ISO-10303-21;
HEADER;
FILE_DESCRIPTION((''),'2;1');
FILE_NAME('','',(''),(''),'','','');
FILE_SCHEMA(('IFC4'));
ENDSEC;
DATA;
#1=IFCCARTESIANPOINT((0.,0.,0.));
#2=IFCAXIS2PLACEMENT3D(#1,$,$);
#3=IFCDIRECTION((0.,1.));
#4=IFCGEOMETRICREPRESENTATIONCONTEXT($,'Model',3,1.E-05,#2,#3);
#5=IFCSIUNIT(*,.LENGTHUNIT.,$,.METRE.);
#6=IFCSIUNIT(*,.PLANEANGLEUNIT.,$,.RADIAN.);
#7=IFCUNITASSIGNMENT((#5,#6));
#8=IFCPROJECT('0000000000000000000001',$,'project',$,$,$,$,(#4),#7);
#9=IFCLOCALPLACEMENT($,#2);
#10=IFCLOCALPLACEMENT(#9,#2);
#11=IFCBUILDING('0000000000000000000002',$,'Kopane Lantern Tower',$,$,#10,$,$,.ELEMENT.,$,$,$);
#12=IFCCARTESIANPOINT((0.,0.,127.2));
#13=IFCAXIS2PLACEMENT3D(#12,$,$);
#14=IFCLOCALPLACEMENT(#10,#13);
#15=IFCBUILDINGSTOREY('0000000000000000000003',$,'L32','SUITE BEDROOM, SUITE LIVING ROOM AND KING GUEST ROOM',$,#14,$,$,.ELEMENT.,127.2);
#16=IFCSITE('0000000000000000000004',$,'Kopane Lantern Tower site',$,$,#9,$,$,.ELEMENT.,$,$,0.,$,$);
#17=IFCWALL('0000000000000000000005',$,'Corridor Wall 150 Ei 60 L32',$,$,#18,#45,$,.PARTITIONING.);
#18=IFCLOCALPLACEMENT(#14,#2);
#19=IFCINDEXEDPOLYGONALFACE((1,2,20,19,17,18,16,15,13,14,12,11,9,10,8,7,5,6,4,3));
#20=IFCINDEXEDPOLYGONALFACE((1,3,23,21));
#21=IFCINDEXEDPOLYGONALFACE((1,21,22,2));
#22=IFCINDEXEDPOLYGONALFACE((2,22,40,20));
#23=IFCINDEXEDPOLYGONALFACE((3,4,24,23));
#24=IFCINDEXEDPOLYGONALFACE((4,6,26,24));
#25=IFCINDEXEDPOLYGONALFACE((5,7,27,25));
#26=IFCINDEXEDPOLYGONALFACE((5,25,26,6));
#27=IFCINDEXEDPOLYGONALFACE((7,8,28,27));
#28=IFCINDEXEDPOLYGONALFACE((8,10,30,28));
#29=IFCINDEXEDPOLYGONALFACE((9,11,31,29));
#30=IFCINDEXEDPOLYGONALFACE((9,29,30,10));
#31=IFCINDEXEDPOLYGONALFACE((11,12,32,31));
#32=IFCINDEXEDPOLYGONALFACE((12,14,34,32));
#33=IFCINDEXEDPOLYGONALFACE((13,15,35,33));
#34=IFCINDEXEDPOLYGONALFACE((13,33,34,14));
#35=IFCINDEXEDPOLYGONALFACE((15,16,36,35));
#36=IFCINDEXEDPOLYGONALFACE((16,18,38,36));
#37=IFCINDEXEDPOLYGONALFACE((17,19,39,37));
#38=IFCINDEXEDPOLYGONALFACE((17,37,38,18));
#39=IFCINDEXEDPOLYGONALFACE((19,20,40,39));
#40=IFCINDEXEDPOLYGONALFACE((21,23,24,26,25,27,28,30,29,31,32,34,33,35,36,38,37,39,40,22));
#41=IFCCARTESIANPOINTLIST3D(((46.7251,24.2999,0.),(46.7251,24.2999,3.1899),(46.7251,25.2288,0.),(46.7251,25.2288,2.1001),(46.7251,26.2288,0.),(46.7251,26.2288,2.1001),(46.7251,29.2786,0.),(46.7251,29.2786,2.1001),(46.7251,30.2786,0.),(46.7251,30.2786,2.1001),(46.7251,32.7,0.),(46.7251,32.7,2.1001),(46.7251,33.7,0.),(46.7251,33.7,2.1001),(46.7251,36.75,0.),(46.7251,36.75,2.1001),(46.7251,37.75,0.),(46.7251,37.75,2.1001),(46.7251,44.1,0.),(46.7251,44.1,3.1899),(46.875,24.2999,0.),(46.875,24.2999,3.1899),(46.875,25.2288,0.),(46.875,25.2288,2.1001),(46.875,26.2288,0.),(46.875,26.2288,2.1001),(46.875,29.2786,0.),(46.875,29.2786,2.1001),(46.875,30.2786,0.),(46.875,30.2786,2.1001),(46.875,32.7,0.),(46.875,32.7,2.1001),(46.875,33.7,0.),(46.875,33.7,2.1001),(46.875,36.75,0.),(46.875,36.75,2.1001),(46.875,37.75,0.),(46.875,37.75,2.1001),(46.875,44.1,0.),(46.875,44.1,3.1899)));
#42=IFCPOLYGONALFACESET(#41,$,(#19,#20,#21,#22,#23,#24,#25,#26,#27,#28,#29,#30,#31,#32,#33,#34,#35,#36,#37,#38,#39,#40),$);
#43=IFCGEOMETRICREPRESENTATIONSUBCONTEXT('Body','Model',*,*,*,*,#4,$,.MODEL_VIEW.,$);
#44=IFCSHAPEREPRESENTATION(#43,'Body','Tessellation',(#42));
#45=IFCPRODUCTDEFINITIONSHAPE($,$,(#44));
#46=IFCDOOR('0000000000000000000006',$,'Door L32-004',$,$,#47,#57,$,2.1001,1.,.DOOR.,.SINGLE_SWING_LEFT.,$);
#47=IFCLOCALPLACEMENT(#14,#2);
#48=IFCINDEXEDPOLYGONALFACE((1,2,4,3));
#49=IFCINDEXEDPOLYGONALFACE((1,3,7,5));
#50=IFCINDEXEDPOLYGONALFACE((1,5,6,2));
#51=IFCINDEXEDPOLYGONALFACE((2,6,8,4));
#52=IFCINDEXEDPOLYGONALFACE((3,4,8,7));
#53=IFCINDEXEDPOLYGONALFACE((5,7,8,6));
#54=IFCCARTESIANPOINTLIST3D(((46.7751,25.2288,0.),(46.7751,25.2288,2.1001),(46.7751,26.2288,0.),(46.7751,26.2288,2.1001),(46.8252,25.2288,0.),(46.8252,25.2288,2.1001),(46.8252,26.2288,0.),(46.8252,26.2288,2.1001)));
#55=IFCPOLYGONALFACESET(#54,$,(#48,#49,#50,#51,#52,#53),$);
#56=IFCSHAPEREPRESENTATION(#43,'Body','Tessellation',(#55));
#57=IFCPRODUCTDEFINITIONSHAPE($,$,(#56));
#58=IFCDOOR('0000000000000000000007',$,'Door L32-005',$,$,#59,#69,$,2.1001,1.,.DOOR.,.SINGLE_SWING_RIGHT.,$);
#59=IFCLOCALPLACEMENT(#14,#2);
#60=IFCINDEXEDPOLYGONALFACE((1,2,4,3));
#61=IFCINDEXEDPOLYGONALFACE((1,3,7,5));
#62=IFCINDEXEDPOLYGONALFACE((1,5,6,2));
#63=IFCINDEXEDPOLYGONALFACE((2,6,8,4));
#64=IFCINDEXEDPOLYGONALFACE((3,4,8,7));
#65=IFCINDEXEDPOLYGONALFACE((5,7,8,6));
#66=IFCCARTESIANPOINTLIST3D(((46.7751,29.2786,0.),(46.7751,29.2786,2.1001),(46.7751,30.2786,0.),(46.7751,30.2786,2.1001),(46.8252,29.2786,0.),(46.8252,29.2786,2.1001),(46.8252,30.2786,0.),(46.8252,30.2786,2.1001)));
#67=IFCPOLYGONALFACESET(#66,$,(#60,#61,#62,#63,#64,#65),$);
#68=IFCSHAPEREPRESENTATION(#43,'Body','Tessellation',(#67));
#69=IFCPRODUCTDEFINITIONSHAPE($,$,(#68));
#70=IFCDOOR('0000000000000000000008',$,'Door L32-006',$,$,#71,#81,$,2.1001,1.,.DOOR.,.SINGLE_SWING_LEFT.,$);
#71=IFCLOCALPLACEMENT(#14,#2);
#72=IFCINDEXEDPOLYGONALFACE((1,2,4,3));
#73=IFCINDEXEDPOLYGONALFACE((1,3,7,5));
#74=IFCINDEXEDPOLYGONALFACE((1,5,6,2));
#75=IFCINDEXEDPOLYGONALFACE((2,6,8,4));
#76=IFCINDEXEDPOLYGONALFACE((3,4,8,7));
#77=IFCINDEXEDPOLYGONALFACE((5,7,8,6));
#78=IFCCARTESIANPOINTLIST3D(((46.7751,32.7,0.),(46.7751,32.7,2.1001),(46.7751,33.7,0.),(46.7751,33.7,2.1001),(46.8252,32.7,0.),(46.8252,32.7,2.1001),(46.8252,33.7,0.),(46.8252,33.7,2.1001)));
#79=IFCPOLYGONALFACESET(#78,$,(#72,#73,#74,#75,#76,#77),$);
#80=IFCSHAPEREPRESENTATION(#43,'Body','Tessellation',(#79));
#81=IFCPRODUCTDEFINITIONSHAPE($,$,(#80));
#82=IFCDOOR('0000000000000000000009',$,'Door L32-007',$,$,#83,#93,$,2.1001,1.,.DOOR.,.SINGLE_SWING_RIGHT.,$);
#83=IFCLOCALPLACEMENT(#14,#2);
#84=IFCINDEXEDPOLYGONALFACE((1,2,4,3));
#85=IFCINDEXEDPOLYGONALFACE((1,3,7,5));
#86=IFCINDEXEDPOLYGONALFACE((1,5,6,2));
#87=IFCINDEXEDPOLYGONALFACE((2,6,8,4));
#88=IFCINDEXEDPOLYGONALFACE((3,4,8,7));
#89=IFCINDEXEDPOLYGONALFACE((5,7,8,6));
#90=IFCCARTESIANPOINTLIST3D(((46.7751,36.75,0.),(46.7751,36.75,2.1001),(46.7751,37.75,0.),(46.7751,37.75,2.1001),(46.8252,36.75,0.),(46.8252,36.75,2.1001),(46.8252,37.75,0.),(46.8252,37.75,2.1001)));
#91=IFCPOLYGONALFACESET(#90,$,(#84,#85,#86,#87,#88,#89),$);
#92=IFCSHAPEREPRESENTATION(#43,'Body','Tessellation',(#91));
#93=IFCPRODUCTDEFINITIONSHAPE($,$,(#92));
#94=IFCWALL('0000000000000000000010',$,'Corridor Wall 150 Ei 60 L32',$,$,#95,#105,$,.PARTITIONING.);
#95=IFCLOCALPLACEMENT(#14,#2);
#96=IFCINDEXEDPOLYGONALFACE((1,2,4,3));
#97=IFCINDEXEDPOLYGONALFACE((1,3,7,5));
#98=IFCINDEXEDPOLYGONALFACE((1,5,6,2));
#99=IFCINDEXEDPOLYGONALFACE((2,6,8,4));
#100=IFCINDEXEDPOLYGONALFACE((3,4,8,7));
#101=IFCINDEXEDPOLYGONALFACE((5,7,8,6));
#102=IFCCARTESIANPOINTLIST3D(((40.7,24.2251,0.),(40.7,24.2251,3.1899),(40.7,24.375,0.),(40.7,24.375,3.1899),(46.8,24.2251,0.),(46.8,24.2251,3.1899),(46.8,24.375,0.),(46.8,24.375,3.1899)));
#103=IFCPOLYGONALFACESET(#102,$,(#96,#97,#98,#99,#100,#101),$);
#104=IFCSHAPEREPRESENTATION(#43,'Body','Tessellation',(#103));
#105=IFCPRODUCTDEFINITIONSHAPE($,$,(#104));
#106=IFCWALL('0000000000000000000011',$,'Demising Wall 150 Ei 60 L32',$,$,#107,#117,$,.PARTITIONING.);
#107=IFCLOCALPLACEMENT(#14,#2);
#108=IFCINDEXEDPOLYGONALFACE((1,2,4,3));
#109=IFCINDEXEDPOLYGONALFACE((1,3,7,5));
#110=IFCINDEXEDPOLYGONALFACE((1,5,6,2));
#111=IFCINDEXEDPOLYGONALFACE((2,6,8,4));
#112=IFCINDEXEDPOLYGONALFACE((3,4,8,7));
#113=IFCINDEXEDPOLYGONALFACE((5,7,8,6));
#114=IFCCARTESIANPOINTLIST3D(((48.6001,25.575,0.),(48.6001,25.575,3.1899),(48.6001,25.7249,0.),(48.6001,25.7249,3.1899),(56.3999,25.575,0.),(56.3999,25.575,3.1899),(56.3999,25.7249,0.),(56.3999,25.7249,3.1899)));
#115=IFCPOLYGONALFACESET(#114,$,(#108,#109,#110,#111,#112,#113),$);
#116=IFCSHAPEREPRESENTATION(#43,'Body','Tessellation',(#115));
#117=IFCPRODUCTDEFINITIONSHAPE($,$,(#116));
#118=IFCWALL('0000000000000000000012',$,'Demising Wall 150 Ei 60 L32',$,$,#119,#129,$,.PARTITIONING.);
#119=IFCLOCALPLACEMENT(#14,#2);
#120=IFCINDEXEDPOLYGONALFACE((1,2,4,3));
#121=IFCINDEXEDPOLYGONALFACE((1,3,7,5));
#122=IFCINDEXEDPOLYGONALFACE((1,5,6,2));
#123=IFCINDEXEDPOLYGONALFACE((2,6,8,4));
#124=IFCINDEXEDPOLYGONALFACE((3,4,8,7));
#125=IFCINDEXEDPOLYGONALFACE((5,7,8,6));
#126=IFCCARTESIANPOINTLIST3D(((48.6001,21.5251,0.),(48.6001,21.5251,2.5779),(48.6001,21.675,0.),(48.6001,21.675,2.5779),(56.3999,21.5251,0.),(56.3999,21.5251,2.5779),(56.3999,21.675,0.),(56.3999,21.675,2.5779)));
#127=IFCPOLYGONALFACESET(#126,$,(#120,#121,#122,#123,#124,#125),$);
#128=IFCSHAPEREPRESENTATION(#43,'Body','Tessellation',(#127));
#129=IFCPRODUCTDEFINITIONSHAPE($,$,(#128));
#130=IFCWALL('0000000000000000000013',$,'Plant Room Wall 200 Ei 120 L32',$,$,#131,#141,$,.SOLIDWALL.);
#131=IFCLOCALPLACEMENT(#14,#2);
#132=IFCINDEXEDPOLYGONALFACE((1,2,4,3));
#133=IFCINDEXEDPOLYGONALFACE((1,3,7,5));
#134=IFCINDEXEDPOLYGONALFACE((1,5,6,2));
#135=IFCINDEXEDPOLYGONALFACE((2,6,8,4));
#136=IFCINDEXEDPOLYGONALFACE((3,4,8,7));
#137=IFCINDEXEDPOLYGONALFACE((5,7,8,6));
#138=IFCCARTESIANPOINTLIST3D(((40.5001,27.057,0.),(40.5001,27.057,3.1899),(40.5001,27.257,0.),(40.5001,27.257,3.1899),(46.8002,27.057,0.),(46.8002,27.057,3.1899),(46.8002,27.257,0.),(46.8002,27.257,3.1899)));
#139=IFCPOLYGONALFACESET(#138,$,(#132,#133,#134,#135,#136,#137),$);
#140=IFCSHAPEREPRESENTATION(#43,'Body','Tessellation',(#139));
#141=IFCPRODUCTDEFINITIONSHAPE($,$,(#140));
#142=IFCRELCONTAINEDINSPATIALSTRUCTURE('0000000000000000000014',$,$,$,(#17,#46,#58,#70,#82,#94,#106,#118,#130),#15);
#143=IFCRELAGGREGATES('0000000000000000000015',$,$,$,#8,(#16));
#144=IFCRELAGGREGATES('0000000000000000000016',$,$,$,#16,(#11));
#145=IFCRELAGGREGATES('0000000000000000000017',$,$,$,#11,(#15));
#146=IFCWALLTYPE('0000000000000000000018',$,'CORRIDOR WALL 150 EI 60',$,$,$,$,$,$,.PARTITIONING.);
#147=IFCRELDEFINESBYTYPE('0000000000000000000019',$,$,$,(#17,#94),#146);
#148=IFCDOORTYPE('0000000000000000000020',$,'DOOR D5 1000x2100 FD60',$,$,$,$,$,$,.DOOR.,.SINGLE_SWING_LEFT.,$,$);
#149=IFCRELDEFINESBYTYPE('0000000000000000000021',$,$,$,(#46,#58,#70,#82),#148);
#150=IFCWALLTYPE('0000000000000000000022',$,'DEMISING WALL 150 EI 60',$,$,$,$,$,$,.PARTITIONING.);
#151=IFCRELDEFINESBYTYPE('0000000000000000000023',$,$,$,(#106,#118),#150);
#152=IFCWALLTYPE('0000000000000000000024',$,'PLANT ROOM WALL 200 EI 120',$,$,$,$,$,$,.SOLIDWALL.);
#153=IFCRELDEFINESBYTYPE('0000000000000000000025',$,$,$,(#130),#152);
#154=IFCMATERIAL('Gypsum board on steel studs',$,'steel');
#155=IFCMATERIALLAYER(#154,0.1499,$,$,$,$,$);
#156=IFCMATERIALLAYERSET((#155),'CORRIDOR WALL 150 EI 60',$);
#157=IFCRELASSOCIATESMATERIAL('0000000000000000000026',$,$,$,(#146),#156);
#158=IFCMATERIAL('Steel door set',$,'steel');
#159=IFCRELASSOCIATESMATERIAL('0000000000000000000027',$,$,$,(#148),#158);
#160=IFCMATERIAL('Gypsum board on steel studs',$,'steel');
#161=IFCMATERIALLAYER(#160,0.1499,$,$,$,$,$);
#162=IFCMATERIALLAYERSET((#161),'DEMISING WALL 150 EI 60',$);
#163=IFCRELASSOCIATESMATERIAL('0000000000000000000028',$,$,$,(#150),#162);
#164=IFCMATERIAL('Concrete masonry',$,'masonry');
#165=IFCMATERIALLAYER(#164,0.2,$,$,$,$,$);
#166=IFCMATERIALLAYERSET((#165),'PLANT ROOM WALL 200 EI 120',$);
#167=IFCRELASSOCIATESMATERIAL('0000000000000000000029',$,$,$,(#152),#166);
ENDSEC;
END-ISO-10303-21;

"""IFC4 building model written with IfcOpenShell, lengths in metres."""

from ifc_helpers import new_model, si_unit, direction, frame, frame_2d, origin, place, context, subcontext, project, spatial, rectangle, extrude, material, layer, layer_set, type_object, element, fill, save


model = new_model("IFC4")

# Units and contexts
model_context = context("Model", 3, precision=1e-05, world=origin(), true_north=direction((0.0, 1.0)))
body_context = subcontext(model_context, "Body", "Model", "MODEL_VIEW")
ifc_project = project(units=[si_unit("LENGTHUNIT", "METRE"), si_unit("PLANEANGLEUNIT", "RADIAN")], contexts=[model_context])

# Site, building, storey
site_placement = place(None, origin())
site = spatial("IfcSite", under=ifc_project, at=site_placement, Name="Kopane Lantern Tower site", CompositionType="ELEMENT", RefElevation=0.0)
building_placement = place(site_placement, origin())
building = spatial("IfcBuilding", under=site, at=building_placement, Name="Kopane Lantern Tower", CompositionType="ELEMENT")
storey_placement = place(building_placement, frame((0.0, 0.0, 127.2)))
storey = spatial("IfcBuildingStorey", under=building, at=storey_placement, Name="L32", Description="SUITE BEDROOM, SUITE LIVING ROOM AND KING GUEST ROOM", CompositionType="ELEMENT", Elevation=127.2)

# Wall, openings, doors
ifc_material_1 = material(Name="Gypsum board on steel studs", Category="steel")
ifc_layer_1 = layer(ifc_material_1, 0.1499)
ifc_layer_set_1 = layer_set([ifc_layer_1], Name="CORRIDOR WALL 150 EI 60")
wall_type_1 = type_object("IfcWallType", Name="CORRIDOR WALL 150 EI 60", PredefinedType="PARTITIONING", material=ifc_layer_set_1)
wall_1_placement = place(storey_placement, frame((46.8, 24.3, 0.0), z_axis=(0.0, 0.0, 1.0), x_axis=(0.0, 1.0, 0.0)))
wall_1 = element("IfcWall", 1, at=wall_1_placement, inside=storey, type_object=wall_type_1, Name="Corridor Wall 150 Ei 60 L32", PredefinedType="PARTITIONING", context=body_context, shape_type="SweptSolid", body=[
    extrude(rectangle(XDim=19.8, YDim=0.1499, at=frame_2d((9.8999, 0.0))), origin(), (0.0, 0.0, 1.0), 3.1899),
])
opening_1_placement = place(wall_1_placement, frame((0.9287, 0.0, 0.0)))
opening_1 = element("IfcOpeningElement", 2, at=opening_1_placement, cuts=wall_1, PredefinedType="OPENING", context=body_context, shape_type="SweptSolid", body=[
    extrude(rectangle(XDim=1.0, YDim=2.1001, at=frame_2d((0.5, 1.05))), frame((0.0, 0.085, 0.0), z_axis=(0.0, -1.0, 0.0), x_axis=(1.0, 0.0, 0.0)), (0.0, 0.0, 1.0), 0.1699),
])
opening_2_placement = place(wall_1_placement, frame((4.9785, 0.0, 0.0)))
opening_2 = element("IfcOpeningElement", 3, at=opening_2_placement, cuts=wall_1, PredefinedType="OPENING", context=body_context, shape_type="SweptSolid", body=[
    extrude(rectangle(XDim=1.0, YDim=2.1001, at=frame_2d((0.5, 1.05))), frame((0.0, 0.085, 0.0), z_axis=(0.0, -1.0, 0.0), x_axis=(1.0, 0.0, 0.0)), (0.0, 0.0, 1.0), 0.1699),
])
opening_3_placement = place(wall_1_placement, frame((8.3999, 0.0, 0.0)))
opening_3 = element("IfcOpeningElement", 4, at=opening_3_placement, cuts=wall_1, PredefinedType="OPENING", context=body_context, shape_type="SweptSolid", body=[
    extrude(rectangle(XDim=1.0, YDim=2.1001, at=frame_2d((0.5, 1.05))), frame((0.0, 0.085, 0.0), z_axis=(0.0, -1.0, 0.0), x_axis=(1.0, 0.0, 0.0)), (0.0, 0.0, 1.0), 0.1699),
])
opening_4_placement = place(wall_1_placement, frame((12.45, 0.0, 0.0)))
opening_4 = element("IfcOpeningElement", 5, at=opening_4_placement, cuts=wall_1, PredefinedType="OPENING", context=body_context, shape_type="SweptSolid", body=[
    extrude(rectangle(XDim=1.0, YDim=2.1001, at=frame_2d((0.5, 1.05))), frame((0.0, 0.085, 0.0), z_axis=(0.0, -1.0, 0.0), x_axis=(1.0, 0.0, 0.0)), (0.0, 0.0, 1.0), 0.1699),
])
ifc_material_2 = material(Name="Steel door set", Category="steel")
door_type_1 = type_object("IfcDoorType", Name="DOOR D5 1000x2100 FD60", OperationType="SINGLE_SWING_LEFT", PredefinedType="DOOR", material=ifc_material_2)
door_1_placement = place(opening_1_placement, origin())
door_1 = element("IfcDoor", 6, at=door_1_placement, inside=storey, type_object=door_type_1, Name="Door L32-004", OperationType="SINGLE_SWING_LEFT", OverallHeight=2.1001, OverallWidth=1.0, PredefinedType="DOOR", context=body_context, shape_type="SweptSolid", body=[
    extrude(rectangle(XDim=1.0, YDim=2.1001, at=frame_2d((0.5, 1.05))), frame((0.0, 0.0249, 0.0), z_axis=(0.0, -1.0, 0.0), x_axis=(1.0, 0.0, 0.0)), (0.0, 0.0, 1.0), 0.05),
])
fill(opening_1, door_1)
door_2_placement = place(opening_2_placement, origin())
door_2 = element("IfcDoor", 7, at=door_2_placement, inside=storey, type_object=door_type_1, Name="Door L32-005", OperationType="SINGLE_SWING_RIGHT", OverallHeight=2.1001, OverallWidth=1.0, PredefinedType="DOOR", context=body_context, shape_type="SweptSolid", body=[
    extrude(rectangle(XDim=1.0, YDim=2.1001, at=frame_2d((0.5, 1.05))), frame((0.0, 0.0249, 0.0), z_axis=(0.0, -1.0, 0.0), x_axis=(1.0, 0.0, 0.0)), (0.0, 0.0, 1.0), 0.05),
])
fill(opening_2, door_2)
door_3_placement = place(opening_3_placement, origin())
door_3 = element("IfcDoor", 8, at=door_3_placement, inside=storey, type_object=door_type_1, Name="Door L32-006", OperationType="SINGLE_SWING_LEFT", OverallHeight=2.1001, OverallWidth=1.0, PredefinedType="DOOR", context=body_context, shape_type="SweptSolid", body=[
    extrude(rectangle(XDim=1.0, YDim=2.1001, at=frame_2d((0.5, 1.05))), frame((0.0, 0.0249, 0.0), z_axis=(0.0, -1.0, 0.0), x_axis=(1.0, 0.0, 0.0)), (0.0, 0.0, 1.0), 0.05),
])
fill(opening_3, door_3)
door_4_placement = place(opening_4_placement, origin())
door_4 = element("IfcDoor", 9, at=door_4_placement, inside=storey, type_object=door_type_1, Name="Door L32-007", OperationType="SINGLE_SWING_RIGHT", OverallHeight=2.1001, OverallWidth=1.0, PredefinedType="DOOR", context=body_context, shape_type="SweptSolid", body=[
    extrude(rectangle(XDim=1.0, YDim=2.1001, at=frame_2d((0.5, 1.05))), frame((0.0, 0.0249, 0.0), z_axis=(0.0, -1.0, 0.0), x_axis=(1.0, 0.0, 0.0)), (0.0, 0.0, 1.0), 0.05),
])
fill(opening_4, door_4)

# Walls
wall_2_placement = place(storey_placement, frame((40.7, 24.3, 0.0), z_axis=(0.0, 0.0, 1.0), x_axis=(1.0, 0.0, 0.0)))
element("IfcWall", 10, at=wall_2_placement, inside=storey, type_object=wall_type_1, Name="Corridor Wall 150 Ei 60 L32", PredefinedType="PARTITIONING", context=body_context, shape_type="SweptSolid", body=[
    extrude(rectangle(XDim=6.1001, YDim=0.1499, at=frame_2d((3.05, 0.0))), origin(), (0.0, 0.0, 1.0), 3.1899),
])
ifc_material_3 = material(Name="Gypsum board on steel studs", Category="steel")
ifc_layer_2 = layer(ifc_material_3, 0.1499)
ifc_layer_set_2 = layer_set([ifc_layer_2], Name="DEMISING WALL 150 EI 60")
wall_type_2 = type_object("IfcWallType", Name="DEMISING WALL 150 EI 60", PredefinedType="PARTITIONING", material=ifc_layer_set_2)
wall_3_placement = place(storey_placement, frame((48.6001, 25.6499, 0.0), z_axis=(0.0, 0.0, 1.0), x_axis=(1.0, 0.0, 0.0)))
element("IfcWall", 11, at=wall_3_placement, inside=storey, type_object=wall_type_2, Name="Demising Wall 150 Ei 60 L32", PredefinedType="PARTITIONING", context=body_context, shape_type="SweptSolid", body=[
    extrude(rectangle(XDim=7.7998, YDim=0.1499, at=frame_2d((3.8999, 0.0))), origin(), (0.0, 0.0, 1.0), 3.1899),
])
wall_4_placement = place(storey_placement, frame((48.6001, 21.6001, 0.0), z_axis=(0.0, 0.0, 1.0), x_axis=(1.0, 0.0, 0.0)))
element("IfcWall", 12, at=wall_4_placement, inside=storey, type_object=wall_type_2, Name="Demising Wall 150 Ei 60 L32", PredefinedType="PARTITIONING", context=body_context, shape_type="SweptSolid", body=[
    extrude(rectangle(XDim=7.7998, YDim=0.1499, at=frame_2d((3.8999, 0.0))), origin(), (0.0, 0.0, 1.0), 2.5779),
])
ifc_material_4 = material(Name="Concrete masonry", Category="masonry")
ifc_layer_3 = layer(ifc_material_4, 0.2)
ifc_layer_set_3 = layer_set([ifc_layer_3], Name="PLANT ROOM WALL 200 EI 120")
wall_type_3 = type_object("IfcWallType", Name="PLANT ROOM WALL 200 EI 120", PredefinedType="SOLIDWALL", material=ifc_layer_set_3)
wall_5_placement = place(storey_placement, frame((46.8, 27.157, 0.0), z_axis=(0.0, 0.0, 1.0), x_axis=(-1.0, 0.0, 0.0)))
element("IfcWall", 13, at=wall_5_placement, inside=storey, type_object=wall_type_3, Name="Plant Room Wall 200 Ei 120 L32", PredefinedType="SOLIDWALL", context=body_context, shape_type="SweptSolid", body=[
    extrude(rectangle(XDim=6.3, YDim=0.2, at=frame_2d((3.1499, 0.0))), origin(), (0.0, 0.0, 1.0), 3.1899),
])

save(model, "model.ifc")
